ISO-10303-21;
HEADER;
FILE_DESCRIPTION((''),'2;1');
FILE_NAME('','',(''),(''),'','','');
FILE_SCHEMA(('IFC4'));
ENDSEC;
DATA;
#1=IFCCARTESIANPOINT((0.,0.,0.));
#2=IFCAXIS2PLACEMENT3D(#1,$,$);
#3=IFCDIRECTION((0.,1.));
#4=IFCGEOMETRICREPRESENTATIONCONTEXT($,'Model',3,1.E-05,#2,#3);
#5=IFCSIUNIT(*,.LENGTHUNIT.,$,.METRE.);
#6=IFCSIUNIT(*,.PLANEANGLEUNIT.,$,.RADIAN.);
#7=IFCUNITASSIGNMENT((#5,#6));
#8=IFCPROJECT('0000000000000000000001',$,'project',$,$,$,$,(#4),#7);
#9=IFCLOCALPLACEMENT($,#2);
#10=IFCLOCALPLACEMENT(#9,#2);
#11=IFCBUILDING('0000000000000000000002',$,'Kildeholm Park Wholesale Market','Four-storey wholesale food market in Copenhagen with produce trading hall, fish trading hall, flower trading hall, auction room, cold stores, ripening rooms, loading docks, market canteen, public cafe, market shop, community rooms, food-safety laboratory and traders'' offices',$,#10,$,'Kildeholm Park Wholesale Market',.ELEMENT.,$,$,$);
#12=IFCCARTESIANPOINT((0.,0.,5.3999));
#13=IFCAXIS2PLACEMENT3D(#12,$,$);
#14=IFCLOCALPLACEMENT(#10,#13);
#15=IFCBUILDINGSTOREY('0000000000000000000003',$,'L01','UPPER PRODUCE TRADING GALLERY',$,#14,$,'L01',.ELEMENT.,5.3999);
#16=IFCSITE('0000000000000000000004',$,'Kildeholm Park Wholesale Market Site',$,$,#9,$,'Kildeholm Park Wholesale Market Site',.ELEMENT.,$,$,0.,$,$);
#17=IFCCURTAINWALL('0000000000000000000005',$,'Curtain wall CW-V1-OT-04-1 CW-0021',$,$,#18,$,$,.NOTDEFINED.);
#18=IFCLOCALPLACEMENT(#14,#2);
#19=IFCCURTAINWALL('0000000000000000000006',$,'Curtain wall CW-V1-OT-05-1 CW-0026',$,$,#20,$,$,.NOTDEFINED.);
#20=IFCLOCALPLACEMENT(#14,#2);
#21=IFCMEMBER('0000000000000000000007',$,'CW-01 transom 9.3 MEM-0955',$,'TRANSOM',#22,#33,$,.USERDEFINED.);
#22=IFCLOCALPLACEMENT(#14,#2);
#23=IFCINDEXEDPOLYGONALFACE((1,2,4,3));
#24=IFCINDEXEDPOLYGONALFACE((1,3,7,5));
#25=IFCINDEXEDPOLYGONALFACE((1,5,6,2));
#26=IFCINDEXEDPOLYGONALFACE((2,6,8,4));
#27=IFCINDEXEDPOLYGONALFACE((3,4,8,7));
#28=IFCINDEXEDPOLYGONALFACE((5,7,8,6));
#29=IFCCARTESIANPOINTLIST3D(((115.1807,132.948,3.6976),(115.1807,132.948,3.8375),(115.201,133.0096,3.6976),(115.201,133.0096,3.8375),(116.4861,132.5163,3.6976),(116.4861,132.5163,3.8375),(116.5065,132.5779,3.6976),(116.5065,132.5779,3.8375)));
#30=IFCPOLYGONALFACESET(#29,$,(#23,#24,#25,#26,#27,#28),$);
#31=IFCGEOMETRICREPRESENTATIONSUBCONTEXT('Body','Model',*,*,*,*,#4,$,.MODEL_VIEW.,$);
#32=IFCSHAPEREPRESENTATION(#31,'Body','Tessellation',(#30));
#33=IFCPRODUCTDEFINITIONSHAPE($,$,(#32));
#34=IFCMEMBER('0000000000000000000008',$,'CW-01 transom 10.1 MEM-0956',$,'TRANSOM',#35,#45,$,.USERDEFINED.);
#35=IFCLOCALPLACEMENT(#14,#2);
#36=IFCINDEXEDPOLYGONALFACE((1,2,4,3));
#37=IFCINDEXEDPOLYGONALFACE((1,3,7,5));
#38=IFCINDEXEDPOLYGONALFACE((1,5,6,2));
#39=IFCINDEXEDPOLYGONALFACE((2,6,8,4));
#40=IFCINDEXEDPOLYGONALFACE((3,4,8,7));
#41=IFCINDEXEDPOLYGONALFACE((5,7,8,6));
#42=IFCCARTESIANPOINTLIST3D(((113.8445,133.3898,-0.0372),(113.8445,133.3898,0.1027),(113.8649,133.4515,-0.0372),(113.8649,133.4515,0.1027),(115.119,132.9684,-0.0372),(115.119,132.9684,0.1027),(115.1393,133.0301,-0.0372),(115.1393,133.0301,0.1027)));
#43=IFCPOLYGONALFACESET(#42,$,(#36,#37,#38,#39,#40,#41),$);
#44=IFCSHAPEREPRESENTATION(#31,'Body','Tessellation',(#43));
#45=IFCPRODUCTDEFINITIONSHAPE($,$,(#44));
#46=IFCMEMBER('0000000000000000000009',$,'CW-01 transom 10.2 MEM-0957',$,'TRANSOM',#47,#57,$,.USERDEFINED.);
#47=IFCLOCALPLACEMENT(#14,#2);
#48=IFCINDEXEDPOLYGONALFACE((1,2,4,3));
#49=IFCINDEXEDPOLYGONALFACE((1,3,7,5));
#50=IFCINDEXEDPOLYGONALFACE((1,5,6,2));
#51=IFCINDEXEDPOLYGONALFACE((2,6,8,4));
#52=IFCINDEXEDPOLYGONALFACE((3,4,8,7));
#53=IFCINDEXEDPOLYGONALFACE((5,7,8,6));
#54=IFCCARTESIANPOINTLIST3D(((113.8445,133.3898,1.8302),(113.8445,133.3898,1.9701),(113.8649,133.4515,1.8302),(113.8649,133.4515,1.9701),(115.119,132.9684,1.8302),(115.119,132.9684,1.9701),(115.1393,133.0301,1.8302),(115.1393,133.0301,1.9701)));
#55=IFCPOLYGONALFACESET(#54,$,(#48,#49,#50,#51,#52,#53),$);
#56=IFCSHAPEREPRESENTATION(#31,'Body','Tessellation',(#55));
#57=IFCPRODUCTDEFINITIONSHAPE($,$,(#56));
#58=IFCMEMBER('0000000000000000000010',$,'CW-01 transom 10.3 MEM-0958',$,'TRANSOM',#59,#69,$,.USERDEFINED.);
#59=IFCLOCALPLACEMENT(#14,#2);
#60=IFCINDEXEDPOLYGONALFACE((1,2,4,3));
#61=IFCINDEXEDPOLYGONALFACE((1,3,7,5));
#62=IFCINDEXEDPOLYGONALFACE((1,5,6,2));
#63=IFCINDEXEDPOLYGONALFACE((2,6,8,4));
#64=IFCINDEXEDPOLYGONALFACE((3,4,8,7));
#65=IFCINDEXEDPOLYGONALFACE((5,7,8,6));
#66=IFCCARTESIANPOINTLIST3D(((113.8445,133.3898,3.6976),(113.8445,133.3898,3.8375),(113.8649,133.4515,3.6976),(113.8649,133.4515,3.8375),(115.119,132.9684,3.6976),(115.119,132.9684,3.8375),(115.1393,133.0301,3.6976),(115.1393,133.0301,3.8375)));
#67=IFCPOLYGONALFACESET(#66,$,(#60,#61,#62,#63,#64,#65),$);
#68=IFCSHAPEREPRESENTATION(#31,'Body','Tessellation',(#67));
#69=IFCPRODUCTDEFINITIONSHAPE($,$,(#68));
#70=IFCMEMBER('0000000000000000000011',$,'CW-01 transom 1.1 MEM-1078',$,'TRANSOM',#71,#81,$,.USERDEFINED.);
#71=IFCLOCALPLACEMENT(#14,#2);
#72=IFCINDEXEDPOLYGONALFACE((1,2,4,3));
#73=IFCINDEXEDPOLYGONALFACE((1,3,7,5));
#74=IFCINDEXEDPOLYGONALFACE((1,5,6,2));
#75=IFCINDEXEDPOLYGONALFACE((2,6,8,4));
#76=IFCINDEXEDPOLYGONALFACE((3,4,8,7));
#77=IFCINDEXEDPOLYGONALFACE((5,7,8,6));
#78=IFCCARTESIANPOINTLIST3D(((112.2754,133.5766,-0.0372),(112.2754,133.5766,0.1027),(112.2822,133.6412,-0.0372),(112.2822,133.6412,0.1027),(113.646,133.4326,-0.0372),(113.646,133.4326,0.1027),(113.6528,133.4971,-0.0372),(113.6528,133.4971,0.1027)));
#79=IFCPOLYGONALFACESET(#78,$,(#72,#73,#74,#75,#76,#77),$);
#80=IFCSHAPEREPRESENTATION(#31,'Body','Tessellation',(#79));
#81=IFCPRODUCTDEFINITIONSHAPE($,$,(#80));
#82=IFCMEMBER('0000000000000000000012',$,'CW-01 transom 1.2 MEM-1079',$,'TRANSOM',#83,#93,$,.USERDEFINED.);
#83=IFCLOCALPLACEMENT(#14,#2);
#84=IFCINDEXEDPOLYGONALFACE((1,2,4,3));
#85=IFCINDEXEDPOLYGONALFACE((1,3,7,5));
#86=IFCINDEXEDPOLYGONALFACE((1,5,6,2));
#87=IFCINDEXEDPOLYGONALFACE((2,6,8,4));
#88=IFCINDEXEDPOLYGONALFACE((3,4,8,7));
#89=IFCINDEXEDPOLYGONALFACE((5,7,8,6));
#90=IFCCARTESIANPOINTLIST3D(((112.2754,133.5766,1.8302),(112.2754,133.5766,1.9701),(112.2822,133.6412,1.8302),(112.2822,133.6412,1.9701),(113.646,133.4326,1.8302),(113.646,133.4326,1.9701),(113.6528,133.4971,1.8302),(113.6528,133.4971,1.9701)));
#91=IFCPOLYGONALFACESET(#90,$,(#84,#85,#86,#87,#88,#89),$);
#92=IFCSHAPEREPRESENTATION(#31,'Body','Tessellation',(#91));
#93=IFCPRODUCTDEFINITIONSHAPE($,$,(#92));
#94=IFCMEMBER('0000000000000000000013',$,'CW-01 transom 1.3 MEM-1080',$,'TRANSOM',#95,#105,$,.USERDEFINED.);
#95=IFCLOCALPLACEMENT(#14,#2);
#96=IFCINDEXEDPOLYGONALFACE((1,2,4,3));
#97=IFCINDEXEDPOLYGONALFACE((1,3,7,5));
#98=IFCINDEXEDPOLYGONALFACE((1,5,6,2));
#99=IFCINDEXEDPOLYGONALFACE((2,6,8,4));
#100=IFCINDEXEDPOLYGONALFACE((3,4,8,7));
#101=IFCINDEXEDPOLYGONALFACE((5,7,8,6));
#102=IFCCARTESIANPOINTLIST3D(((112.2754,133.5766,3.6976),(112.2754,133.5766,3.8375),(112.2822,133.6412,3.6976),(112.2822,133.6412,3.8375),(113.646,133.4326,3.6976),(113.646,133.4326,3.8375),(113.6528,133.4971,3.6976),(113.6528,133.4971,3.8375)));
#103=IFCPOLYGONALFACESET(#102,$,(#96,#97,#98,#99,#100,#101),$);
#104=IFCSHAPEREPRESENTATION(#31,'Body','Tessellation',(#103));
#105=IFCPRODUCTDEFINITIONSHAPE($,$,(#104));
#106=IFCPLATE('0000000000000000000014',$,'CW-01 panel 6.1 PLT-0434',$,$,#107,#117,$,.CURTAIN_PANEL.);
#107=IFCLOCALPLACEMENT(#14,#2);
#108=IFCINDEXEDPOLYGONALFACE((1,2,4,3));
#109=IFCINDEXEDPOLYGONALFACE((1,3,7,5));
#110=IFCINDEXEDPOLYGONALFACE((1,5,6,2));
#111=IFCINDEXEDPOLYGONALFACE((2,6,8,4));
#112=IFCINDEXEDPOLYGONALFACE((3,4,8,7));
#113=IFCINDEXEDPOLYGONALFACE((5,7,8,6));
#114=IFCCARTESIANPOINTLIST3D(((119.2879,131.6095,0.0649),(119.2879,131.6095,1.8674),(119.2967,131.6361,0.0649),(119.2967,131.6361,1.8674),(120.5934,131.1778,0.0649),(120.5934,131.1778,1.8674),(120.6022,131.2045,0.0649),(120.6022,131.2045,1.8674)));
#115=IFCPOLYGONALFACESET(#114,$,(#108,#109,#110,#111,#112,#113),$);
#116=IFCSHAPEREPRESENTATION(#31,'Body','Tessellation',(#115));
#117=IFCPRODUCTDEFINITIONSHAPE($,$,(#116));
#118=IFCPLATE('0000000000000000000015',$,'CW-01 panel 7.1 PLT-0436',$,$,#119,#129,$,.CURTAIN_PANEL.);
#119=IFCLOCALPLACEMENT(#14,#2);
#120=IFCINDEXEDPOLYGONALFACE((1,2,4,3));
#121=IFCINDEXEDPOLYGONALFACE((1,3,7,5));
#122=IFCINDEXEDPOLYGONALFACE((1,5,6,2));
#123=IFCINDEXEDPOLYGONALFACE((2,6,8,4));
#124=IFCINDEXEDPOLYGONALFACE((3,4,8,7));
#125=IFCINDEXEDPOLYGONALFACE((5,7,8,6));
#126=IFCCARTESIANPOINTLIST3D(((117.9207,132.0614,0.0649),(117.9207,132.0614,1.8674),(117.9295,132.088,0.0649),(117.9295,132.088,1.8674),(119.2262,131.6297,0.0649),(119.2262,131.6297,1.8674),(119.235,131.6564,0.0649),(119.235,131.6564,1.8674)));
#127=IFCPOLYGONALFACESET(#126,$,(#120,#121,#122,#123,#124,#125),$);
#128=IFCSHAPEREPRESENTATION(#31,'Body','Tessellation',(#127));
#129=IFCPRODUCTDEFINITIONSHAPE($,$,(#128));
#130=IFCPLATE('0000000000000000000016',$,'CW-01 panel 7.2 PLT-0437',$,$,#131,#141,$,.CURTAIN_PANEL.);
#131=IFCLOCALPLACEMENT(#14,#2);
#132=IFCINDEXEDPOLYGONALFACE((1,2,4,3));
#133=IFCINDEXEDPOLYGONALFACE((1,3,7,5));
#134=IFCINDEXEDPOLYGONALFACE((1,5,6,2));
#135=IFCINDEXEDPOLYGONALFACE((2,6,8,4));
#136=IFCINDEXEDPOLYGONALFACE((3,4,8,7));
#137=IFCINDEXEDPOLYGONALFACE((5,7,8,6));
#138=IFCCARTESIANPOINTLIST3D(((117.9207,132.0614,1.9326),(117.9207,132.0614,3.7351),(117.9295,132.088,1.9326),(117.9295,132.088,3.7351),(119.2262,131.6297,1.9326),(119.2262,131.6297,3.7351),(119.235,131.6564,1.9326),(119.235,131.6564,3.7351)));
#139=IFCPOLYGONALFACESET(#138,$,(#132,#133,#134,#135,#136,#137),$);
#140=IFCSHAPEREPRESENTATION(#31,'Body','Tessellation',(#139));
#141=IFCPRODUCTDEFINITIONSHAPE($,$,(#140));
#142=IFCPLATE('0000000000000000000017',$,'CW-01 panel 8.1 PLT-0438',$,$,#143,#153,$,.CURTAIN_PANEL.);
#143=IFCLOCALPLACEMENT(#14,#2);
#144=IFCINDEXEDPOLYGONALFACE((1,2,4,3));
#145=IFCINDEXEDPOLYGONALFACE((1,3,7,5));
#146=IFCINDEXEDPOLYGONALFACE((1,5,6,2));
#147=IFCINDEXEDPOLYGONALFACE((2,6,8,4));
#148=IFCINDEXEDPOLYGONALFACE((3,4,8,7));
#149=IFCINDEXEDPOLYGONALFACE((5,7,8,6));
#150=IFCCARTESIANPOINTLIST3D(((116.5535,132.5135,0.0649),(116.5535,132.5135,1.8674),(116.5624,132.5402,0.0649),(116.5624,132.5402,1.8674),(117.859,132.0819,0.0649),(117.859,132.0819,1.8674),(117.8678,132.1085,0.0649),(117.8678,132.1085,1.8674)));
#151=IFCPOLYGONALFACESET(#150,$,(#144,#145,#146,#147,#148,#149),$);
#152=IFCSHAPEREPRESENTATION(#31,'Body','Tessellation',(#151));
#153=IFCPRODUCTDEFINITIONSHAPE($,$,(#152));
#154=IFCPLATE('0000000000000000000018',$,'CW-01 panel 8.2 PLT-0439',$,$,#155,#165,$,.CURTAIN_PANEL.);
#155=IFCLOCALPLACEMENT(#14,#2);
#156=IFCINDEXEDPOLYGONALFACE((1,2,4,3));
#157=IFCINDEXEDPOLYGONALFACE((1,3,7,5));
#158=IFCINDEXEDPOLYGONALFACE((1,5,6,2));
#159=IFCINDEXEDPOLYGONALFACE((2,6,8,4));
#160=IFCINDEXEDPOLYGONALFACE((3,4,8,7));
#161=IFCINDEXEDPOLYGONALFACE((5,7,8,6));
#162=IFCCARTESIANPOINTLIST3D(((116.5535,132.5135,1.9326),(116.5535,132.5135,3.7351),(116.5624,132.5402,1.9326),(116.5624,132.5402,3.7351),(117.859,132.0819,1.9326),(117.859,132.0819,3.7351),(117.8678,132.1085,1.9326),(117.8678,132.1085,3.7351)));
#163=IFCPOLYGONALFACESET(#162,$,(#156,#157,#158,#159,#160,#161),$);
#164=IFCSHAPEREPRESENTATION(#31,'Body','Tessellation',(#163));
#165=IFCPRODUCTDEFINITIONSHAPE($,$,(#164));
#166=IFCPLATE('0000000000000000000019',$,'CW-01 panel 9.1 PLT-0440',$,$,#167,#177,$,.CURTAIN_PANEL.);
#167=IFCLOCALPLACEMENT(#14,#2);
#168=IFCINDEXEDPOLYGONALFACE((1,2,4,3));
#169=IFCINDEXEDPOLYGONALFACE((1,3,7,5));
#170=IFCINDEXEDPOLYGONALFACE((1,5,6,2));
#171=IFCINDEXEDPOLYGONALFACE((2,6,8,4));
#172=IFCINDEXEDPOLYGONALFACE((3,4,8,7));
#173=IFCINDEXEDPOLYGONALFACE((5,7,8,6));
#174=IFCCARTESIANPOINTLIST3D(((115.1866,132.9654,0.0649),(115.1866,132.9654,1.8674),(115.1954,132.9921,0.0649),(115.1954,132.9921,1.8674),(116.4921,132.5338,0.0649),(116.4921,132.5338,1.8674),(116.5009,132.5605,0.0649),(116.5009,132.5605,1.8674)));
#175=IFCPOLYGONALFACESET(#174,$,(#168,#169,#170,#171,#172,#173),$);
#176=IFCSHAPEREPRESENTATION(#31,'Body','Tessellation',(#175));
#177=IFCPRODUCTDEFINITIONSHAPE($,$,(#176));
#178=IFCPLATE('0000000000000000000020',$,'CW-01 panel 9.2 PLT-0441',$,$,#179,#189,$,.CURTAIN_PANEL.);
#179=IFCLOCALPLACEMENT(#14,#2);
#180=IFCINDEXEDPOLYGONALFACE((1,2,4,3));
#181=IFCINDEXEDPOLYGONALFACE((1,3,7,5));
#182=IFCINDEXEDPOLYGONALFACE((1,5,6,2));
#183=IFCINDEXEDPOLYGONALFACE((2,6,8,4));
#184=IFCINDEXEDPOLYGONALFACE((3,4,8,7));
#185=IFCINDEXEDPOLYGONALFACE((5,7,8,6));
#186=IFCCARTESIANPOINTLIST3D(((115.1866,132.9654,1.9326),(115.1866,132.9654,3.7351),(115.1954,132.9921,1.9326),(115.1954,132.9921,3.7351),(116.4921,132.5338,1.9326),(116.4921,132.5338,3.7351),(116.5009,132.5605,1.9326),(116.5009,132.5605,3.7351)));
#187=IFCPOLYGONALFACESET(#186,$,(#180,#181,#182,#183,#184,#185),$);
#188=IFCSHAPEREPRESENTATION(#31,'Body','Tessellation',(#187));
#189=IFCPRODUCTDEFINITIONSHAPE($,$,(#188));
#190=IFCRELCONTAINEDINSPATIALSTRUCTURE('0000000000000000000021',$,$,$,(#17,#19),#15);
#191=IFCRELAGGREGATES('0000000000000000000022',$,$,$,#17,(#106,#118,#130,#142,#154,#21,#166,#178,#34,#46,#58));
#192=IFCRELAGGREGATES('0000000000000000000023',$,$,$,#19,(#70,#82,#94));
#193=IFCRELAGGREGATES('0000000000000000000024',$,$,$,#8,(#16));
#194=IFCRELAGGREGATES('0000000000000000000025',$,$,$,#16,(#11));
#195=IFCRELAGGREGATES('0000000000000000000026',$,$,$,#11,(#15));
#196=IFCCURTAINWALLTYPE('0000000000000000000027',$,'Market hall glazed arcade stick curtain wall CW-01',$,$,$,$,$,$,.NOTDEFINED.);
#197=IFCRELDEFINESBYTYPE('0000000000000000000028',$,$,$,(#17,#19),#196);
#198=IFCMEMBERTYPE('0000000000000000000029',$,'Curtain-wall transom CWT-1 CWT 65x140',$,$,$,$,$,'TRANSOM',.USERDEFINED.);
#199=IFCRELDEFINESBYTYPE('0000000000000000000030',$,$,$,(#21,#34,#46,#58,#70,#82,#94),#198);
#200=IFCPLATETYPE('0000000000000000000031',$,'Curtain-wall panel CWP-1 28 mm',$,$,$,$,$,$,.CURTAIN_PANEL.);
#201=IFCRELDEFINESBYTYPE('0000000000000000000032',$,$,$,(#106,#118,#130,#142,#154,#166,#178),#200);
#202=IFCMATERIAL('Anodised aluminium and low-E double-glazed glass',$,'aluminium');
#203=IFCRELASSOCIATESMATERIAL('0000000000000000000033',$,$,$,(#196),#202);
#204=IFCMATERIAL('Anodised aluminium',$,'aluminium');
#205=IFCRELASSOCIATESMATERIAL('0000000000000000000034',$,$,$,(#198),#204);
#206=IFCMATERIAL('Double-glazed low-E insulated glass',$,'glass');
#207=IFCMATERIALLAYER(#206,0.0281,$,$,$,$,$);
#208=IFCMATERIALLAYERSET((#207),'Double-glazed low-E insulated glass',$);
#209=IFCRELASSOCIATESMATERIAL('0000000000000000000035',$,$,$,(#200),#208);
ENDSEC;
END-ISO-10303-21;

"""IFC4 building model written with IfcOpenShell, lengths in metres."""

from ifc_helpers import new_model, si_unit, direction, frame, origin, origin_2d, place, context, subcontext, project, spatial, rectangle, extrude, material, layer, layer_set, material_profile, profile_set, type_object, element, aggregate, save


model = new_model("IFC4")

# Units and contexts
model_context = context("Model", 3, precision=1e-05, world=origin(), true_north=direction((0.0, 1.0)))
body_context = subcontext(model_context, "Body", "Model", "MODEL_VIEW")
ifc_project = project(units=[si_unit("LENGTHUNIT", "METRE"), si_unit("PLANEANGLEUNIT", "RADIAN")], contexts=[model_context])

# Site, building, storey
site_placement = place(None, origin())
site = spatial("IfcSite", under=ifc_project, at=site_placement, Name="Kildeholm Park Wholesale Market Site", LongName="Kildeholm Park Wholesale Market Site", CompositionType="ELEMENT", RefElevation=0.0)
building_placement = place(site_placement, origin())
building = spatial("IfcBuilding", under=site, at=building_placement, Name="Kildeholm Park Wholesale Market", Description="Four-storey wholesale food market in Copenhagen with produce trading hall, fish trading hall, flower trading hall, auction room, cold stores, ripening rooms, loading docks, market canteen, public cafe, market shop, community rooms, food-safety laboratory and traders' offices", LongName="Kildeholm Park Wholesale Market", CompositionType="ELEMENT")
storey_placement = place(building_placement, frame((0.0, 0.0, 5.3999)))
storey = spatial("IfcBuildingStorey", under=building, at=storey_placement, Name="L01", Description="UPPER PRODUCE TRADING GALLERY", LongName="L01", CompositionType="ELEMENT", Elevation=5.3999)

# Curtain walls
ifc_material_1 = material(Name="Anodised aluminium and low-E double-glazed glass", Category="aluminium")
curtain_wall_type = type_object("IfcCurtainWallType", Name="Market hall glazed arcade stick curtain wall CW-01", PredefinedType="NOTDEFINED", material=ifc_material_1)
curtain_wall_1_placement = place(storey_placement, origin())
curtain_wall_1 = element("IfcCurtainWall", 1, at=curtain_wall_1_placement, inside=storey, type_object=curtain_wall_type, Name="Curtain wall CW-V1-OT-04-1 CW-0021", PredefinedType="NOTDEFINED")
ifc_material_2 = material(Name="Anodised aluminium", Category="aluminium")
curtain_wall_2_placement = place(storey_placement, origin())
curtain_wall_2 = element("IfcCurtainWall", 2, at=curtain_wall_2_placement, inside=storey, type_object=curtain_wall_type, Name="Curtain wall CW-V1-OT-05-1 CW-0026", PredefinedType="NOTDEFINED")

# Members
ifc_material_profile_1 = material_profile(ifc_material_2, rectangle(XDim=0.0649, YDim=0.1399, at=origin_2d()), Name="CWT 65x140")
ifc_profile_set_1 = profile_set([ifc_material_profile_1], Name="Anodised aluminium")
member_type_1 = type_object("IfcMemberType", Name="Curtain-wall transom CWT-1 CWT 65x140", ElementType="TRANSOM", PredefinedType="USERDEFINED", material=ifc_profile_set_1)
member_1_placement = place(storey_placement, frame((116.4963, 132.5471, 3.7676), z_axis=(-0.949444, 0.313936, 0.0), x_axis=(-0.313936, -0.949444, 0.0)))
member_1 = element("IfcMember", 3, at=member_1_placement, type_object=member_type_1, Name="CW-01 transom 9.3 MEM-0955", ObjectType="TRANSOM", PredefinedType="USERDEFINED", context=body_context, shape_type="SweptSolid", body=[
    extrude(rectangle(XDim=0.0649, YDim=0.1399, at=origin_2d()), origin(), (0.0, 0.0, 1.0), 1.375),
])
member_2_placement = place(storey_placement, frame((115.1292, 132.9993, 0.0327), z_axis=(-0.949444, 0.313935, 0.0), x_axis=(-0.313935, -0.949444, 0.0)))
member_2 = element("IfcMember", 4, at=member_2_placement, type_object=member_type_1, Name="CW-01 transom 10.1 MEM-0956", ObjectType="TRANSOM", PredefinedType="USERDEFINED", context=body_context, shape_type="SweptSolid", body=[
    extrude(rectangle(XDim=0.0649, YDim=0.1399, at=origin_2d()), origin(), (0.0, 0.0, 1.0), 1.3423),
])
member_3_placement = place(storey_placement, frame((115.1292, 132.9993, 1.9001), z_axis=(-0.949444, 0.313935, 0.0), x_axis=(-0.313935, -0.949444, 0.0)))
member_3 = element("IfcMember", 5, at=member_3_placement, type_object=member_type_1, Name="CW-01 transom 10.2 MEM-0957", ObjectType="TRANSOM", PredefinedType="USERDEFINED", context=body_context, shape_type="SweptSolid", body=[
    extrude(rectangle(XDim=0.0649, YDim=0.1399, at=origin_2d()), origin(), (0.0, 0.0, 1.0), 1.3423),
])
member_4_placement = place(storey_placement, frame((115.1292, 132.9993, 3.7676), z_axis=(-0.949444, 0.313935, 0.0), x_axis=(-0.313935, -0.949444, 0.0)))
member_4 = element("IfcMember", 6, at=member_4_placement, type_object=member_type_1, Name="CW-01 transom 10.3 MEM-0958", ObjectType="TRANSOM", PredefinedType="USERDEFINED", context=body_context, shape_type="SweptSolid", body=[
    extrude(rectangle(XDim=0.0649, YDim=0.1399, at=origin_2d()), origin(), (0.0, 0.0, 1.0), 1.3423),
])
member_5_placement = place(storey_placement, frame((113.6494, 133.4648, 0.0327), z_axis=(-0.994523, 0.104519, 0.0), x_axis=(-0.104519, -0.994523, 0.0)))
member_5 = element("IfcMember", 7, at=member_5_placement, type_object=member_type_1, Name="CW-01 transom 1.1 MEM-1078", ObjectType="TRANSOM", PredefinedType="USERDEFINED", context=body_context, shape_type="SweptSolid", body=[
    extrude(rectangle(XDim=0.0649, YDim=0.1399, at=origin_2d()), origin(), (0.0, 0.0, 1.0), 1.3782),
])
member_6_placement = place(storey_placement, frame((113.6494, 133.4648, 1.9001), z_axis=(-0.994523, 0.104519, 0.0), x_axis=(-0.104519, -0.994523, 0.0)))
member_6 = element("IfcMember", 8, at=member_6_placement, type_object=member_type_1, Name="CW-01 transom 1.2 MEM-1079", ObjectType="TRANSOM", PredefinedType="USERDEFINED", context=body_context, shape_type="SweptSolid", body=[
    extrude(rectangle(XDim=0.0649, YDim=0.1399, at=origin_2d()), origin(), (0.0, 0.0, 1.0), 1.3782),
])
member_7_placement = place(storey_placement, frame((113.6494, 133.4648, 3.7676), z_axis=(-0.994523, 0.104519, 0.0), x_axis=(-0.104519, -0.994523, 0.0)))
member_7 = element("IfcMember", 9, at=member_7_placement, type_object=member_type_1, Name="CW-01 transom 1.3 MEM-1080", ObjectType="TRANSOM", PredefinedType="USERDEFINED", context=body_context, shape_type="SweptSolid", body=[
    extrude(rectangle(XDim=0.0649, YDim=0.1399, at=origin_2d()), origin(), (0.0, 0.0, 1.0), 1.3782),
])

# Plates
ifc_material_3 = material(Name="Double-glazed low-E insulated glass", Category="glass")
ifc_layer = layer(ifc_material_3, 0.0281)
ifc_layer_set = layer_set([ifc_layer], Name="Double-glazed low-E insulated glass")
plate_type = type_object("IfcPlateType", Name="Curtain-wall panel CWP-1 28 mm", PredefinedType="CURTAIN_PANEL", material=ifc_layer_set)
plate_1_placement = place(storey_placement, frame((119.9451, 131.407, 0.0649), z_axis=(0.0, 0.0, 1.0), x_axis=(-0.949451, 0.313914, 0.0)))
plate_1 = element("IfcPlate", 10, at=plate_1_placement, type_object=plate_type, Name="CW-01 panel 6.1 PLT-0434", PredefinedType="CURTAIN_PANEL", context=body_context, shape_type="SweptSolid", body=[
    extrude(rectangle(XDim=1.375, YDim=0.0281, at=origin_2d()), origin(), (0.0, 0.0, 1.0), 1.8025),
])
plate_2_placement = place(storey_placement, frame((118.5779, 131.8589, 0.0649), z_axis=(0.0, 0.0, 1.0), x_axis=(-0.949451, 0.313914, 0.0)))
plate_2 = element("IfcPlate", 11, at=plate_2_placement, type_object=plate_type, Name="CW-01 panel 7.1 PLT-0436", PredefinedType="CURTAIN_PANEL", context=body_context, shape_type="SweptSolid", body=[
    extrude(rectangle(XDim=1.375, YDim=0.0281, at=origin_2d()), origin(), (0.0, 0.0, 1.0), 1.8025),
])
plate_3_placement = place(storey_placement, frame((118.5779, 131.8589, 1.9326), z_axis=(0.0, 0.0, 1.0), x_axis=(-0.949451, 0.313914, 0.0)))
plate_3 = element("IfcPlate", 12, at=plate_3_placement, type_object=plate_type, Name="CW-01 panel 7.2 PLT-0437", PredefinedType="CURTAIN_PANEL", context=body_context, shape_type="SweptSolid", body=[
    extrude(rectangle(XDim=1.375, YDim=0.0281, at=origin_2d()), origin(), (0.0, 0.0, 1.0), 1.8025),
])
plate_4_placement = place(storey_placement, frame((117.2107, 132.311, 0.0649), z_axis=(0.0, 0.0, 1.0), x_axis=(-0.949451, 0.313914, 0.0)))
plate_4 = element("IfcPlate", 13, at=plate_4_placement, type_object=plate_type, Name="CW-01 panel 8.1 PLT-0438", PredefinedType="CURTAIN_PANEL", context=body_context, shape_type="SweptSolid", body=[
    extrude(rectangle(XDim=1.375, YDim=0.0281, at=origin_2d()), origin(), (0.0, 0.0, 1.0), 1.8025),
])
plate_5_placement = place(storey_placement, frame((117.2107, 132.311, 1.9326), z_axis=(0.0, 0.0, 1.0), x_axis=(-0.949451, 0.313914, 0.0)))
plate_5 = element("IfcPlate", 14, at=plate_5_placement, type_object=plate_type, Name="CW-01 panel 8.2 PLT-0439", PredefinedType="CURTAIN_PANEL", context=body_context, shape_type="SweptSolid", body=[
    extrude(rectangle(XDim=1.375, YDim=0.0281, at=origin_2d()), origin(), (0.0, 0.0, 1.0), 1.8025),
])
plate_6_placement = place(storey_placement, frame((115.8438, 132.7629, 0.0649), z_axis=(0.0, 0.0, 1.0), x_axis=(-0.949451, 0.313914, 0.0)))
plate_6 = element("IfcPlate", 15, at=plate_6_placement, type_object=plate_type, Name="CW-01 panel 9.1 PLT-0440", PredefinedType="CURTAIN_PANEL", context=body_context, shape_type="SweptSolid", body=[
    extrude(rectangle(XDim=1.375, YDim=0.0281, at=origin_2d()), origin(), (0.0, 0.0, 1.0), 1.8025),
])
plate_7_placement = place(storey_placement, frame((115.8438, 132.7629, 1.9326), z_axis=(0.0, 0.0, 1.0), x_axis=(-0.949451, 0.313914, 0.0)))
plate_7 = element("IfcPlate", 16, at=plate_7_placement, type_object=plate_type, Name="CW-01 panel 9.2 PLT-0441", PredefinedType="CURTAIN_PANEL", context=body_context, shape_type="SweptSolid", body=[
    extrude(rectangle(XDim=1.375, YDim=0.0281, at=origin_2d()), origin(), (0.0, 0.0, 1.0), 1.8025),
])
aggregate(curtain_wall_1, [plate_1, plate_2, plate_3, plate_4, plate_5, member_1, plate_6, plate_7, member_2, member_3, member_4])
aggregate(curtain_wall_2, [member_5, member_6, member_7])

save(model, "model.ifc")
